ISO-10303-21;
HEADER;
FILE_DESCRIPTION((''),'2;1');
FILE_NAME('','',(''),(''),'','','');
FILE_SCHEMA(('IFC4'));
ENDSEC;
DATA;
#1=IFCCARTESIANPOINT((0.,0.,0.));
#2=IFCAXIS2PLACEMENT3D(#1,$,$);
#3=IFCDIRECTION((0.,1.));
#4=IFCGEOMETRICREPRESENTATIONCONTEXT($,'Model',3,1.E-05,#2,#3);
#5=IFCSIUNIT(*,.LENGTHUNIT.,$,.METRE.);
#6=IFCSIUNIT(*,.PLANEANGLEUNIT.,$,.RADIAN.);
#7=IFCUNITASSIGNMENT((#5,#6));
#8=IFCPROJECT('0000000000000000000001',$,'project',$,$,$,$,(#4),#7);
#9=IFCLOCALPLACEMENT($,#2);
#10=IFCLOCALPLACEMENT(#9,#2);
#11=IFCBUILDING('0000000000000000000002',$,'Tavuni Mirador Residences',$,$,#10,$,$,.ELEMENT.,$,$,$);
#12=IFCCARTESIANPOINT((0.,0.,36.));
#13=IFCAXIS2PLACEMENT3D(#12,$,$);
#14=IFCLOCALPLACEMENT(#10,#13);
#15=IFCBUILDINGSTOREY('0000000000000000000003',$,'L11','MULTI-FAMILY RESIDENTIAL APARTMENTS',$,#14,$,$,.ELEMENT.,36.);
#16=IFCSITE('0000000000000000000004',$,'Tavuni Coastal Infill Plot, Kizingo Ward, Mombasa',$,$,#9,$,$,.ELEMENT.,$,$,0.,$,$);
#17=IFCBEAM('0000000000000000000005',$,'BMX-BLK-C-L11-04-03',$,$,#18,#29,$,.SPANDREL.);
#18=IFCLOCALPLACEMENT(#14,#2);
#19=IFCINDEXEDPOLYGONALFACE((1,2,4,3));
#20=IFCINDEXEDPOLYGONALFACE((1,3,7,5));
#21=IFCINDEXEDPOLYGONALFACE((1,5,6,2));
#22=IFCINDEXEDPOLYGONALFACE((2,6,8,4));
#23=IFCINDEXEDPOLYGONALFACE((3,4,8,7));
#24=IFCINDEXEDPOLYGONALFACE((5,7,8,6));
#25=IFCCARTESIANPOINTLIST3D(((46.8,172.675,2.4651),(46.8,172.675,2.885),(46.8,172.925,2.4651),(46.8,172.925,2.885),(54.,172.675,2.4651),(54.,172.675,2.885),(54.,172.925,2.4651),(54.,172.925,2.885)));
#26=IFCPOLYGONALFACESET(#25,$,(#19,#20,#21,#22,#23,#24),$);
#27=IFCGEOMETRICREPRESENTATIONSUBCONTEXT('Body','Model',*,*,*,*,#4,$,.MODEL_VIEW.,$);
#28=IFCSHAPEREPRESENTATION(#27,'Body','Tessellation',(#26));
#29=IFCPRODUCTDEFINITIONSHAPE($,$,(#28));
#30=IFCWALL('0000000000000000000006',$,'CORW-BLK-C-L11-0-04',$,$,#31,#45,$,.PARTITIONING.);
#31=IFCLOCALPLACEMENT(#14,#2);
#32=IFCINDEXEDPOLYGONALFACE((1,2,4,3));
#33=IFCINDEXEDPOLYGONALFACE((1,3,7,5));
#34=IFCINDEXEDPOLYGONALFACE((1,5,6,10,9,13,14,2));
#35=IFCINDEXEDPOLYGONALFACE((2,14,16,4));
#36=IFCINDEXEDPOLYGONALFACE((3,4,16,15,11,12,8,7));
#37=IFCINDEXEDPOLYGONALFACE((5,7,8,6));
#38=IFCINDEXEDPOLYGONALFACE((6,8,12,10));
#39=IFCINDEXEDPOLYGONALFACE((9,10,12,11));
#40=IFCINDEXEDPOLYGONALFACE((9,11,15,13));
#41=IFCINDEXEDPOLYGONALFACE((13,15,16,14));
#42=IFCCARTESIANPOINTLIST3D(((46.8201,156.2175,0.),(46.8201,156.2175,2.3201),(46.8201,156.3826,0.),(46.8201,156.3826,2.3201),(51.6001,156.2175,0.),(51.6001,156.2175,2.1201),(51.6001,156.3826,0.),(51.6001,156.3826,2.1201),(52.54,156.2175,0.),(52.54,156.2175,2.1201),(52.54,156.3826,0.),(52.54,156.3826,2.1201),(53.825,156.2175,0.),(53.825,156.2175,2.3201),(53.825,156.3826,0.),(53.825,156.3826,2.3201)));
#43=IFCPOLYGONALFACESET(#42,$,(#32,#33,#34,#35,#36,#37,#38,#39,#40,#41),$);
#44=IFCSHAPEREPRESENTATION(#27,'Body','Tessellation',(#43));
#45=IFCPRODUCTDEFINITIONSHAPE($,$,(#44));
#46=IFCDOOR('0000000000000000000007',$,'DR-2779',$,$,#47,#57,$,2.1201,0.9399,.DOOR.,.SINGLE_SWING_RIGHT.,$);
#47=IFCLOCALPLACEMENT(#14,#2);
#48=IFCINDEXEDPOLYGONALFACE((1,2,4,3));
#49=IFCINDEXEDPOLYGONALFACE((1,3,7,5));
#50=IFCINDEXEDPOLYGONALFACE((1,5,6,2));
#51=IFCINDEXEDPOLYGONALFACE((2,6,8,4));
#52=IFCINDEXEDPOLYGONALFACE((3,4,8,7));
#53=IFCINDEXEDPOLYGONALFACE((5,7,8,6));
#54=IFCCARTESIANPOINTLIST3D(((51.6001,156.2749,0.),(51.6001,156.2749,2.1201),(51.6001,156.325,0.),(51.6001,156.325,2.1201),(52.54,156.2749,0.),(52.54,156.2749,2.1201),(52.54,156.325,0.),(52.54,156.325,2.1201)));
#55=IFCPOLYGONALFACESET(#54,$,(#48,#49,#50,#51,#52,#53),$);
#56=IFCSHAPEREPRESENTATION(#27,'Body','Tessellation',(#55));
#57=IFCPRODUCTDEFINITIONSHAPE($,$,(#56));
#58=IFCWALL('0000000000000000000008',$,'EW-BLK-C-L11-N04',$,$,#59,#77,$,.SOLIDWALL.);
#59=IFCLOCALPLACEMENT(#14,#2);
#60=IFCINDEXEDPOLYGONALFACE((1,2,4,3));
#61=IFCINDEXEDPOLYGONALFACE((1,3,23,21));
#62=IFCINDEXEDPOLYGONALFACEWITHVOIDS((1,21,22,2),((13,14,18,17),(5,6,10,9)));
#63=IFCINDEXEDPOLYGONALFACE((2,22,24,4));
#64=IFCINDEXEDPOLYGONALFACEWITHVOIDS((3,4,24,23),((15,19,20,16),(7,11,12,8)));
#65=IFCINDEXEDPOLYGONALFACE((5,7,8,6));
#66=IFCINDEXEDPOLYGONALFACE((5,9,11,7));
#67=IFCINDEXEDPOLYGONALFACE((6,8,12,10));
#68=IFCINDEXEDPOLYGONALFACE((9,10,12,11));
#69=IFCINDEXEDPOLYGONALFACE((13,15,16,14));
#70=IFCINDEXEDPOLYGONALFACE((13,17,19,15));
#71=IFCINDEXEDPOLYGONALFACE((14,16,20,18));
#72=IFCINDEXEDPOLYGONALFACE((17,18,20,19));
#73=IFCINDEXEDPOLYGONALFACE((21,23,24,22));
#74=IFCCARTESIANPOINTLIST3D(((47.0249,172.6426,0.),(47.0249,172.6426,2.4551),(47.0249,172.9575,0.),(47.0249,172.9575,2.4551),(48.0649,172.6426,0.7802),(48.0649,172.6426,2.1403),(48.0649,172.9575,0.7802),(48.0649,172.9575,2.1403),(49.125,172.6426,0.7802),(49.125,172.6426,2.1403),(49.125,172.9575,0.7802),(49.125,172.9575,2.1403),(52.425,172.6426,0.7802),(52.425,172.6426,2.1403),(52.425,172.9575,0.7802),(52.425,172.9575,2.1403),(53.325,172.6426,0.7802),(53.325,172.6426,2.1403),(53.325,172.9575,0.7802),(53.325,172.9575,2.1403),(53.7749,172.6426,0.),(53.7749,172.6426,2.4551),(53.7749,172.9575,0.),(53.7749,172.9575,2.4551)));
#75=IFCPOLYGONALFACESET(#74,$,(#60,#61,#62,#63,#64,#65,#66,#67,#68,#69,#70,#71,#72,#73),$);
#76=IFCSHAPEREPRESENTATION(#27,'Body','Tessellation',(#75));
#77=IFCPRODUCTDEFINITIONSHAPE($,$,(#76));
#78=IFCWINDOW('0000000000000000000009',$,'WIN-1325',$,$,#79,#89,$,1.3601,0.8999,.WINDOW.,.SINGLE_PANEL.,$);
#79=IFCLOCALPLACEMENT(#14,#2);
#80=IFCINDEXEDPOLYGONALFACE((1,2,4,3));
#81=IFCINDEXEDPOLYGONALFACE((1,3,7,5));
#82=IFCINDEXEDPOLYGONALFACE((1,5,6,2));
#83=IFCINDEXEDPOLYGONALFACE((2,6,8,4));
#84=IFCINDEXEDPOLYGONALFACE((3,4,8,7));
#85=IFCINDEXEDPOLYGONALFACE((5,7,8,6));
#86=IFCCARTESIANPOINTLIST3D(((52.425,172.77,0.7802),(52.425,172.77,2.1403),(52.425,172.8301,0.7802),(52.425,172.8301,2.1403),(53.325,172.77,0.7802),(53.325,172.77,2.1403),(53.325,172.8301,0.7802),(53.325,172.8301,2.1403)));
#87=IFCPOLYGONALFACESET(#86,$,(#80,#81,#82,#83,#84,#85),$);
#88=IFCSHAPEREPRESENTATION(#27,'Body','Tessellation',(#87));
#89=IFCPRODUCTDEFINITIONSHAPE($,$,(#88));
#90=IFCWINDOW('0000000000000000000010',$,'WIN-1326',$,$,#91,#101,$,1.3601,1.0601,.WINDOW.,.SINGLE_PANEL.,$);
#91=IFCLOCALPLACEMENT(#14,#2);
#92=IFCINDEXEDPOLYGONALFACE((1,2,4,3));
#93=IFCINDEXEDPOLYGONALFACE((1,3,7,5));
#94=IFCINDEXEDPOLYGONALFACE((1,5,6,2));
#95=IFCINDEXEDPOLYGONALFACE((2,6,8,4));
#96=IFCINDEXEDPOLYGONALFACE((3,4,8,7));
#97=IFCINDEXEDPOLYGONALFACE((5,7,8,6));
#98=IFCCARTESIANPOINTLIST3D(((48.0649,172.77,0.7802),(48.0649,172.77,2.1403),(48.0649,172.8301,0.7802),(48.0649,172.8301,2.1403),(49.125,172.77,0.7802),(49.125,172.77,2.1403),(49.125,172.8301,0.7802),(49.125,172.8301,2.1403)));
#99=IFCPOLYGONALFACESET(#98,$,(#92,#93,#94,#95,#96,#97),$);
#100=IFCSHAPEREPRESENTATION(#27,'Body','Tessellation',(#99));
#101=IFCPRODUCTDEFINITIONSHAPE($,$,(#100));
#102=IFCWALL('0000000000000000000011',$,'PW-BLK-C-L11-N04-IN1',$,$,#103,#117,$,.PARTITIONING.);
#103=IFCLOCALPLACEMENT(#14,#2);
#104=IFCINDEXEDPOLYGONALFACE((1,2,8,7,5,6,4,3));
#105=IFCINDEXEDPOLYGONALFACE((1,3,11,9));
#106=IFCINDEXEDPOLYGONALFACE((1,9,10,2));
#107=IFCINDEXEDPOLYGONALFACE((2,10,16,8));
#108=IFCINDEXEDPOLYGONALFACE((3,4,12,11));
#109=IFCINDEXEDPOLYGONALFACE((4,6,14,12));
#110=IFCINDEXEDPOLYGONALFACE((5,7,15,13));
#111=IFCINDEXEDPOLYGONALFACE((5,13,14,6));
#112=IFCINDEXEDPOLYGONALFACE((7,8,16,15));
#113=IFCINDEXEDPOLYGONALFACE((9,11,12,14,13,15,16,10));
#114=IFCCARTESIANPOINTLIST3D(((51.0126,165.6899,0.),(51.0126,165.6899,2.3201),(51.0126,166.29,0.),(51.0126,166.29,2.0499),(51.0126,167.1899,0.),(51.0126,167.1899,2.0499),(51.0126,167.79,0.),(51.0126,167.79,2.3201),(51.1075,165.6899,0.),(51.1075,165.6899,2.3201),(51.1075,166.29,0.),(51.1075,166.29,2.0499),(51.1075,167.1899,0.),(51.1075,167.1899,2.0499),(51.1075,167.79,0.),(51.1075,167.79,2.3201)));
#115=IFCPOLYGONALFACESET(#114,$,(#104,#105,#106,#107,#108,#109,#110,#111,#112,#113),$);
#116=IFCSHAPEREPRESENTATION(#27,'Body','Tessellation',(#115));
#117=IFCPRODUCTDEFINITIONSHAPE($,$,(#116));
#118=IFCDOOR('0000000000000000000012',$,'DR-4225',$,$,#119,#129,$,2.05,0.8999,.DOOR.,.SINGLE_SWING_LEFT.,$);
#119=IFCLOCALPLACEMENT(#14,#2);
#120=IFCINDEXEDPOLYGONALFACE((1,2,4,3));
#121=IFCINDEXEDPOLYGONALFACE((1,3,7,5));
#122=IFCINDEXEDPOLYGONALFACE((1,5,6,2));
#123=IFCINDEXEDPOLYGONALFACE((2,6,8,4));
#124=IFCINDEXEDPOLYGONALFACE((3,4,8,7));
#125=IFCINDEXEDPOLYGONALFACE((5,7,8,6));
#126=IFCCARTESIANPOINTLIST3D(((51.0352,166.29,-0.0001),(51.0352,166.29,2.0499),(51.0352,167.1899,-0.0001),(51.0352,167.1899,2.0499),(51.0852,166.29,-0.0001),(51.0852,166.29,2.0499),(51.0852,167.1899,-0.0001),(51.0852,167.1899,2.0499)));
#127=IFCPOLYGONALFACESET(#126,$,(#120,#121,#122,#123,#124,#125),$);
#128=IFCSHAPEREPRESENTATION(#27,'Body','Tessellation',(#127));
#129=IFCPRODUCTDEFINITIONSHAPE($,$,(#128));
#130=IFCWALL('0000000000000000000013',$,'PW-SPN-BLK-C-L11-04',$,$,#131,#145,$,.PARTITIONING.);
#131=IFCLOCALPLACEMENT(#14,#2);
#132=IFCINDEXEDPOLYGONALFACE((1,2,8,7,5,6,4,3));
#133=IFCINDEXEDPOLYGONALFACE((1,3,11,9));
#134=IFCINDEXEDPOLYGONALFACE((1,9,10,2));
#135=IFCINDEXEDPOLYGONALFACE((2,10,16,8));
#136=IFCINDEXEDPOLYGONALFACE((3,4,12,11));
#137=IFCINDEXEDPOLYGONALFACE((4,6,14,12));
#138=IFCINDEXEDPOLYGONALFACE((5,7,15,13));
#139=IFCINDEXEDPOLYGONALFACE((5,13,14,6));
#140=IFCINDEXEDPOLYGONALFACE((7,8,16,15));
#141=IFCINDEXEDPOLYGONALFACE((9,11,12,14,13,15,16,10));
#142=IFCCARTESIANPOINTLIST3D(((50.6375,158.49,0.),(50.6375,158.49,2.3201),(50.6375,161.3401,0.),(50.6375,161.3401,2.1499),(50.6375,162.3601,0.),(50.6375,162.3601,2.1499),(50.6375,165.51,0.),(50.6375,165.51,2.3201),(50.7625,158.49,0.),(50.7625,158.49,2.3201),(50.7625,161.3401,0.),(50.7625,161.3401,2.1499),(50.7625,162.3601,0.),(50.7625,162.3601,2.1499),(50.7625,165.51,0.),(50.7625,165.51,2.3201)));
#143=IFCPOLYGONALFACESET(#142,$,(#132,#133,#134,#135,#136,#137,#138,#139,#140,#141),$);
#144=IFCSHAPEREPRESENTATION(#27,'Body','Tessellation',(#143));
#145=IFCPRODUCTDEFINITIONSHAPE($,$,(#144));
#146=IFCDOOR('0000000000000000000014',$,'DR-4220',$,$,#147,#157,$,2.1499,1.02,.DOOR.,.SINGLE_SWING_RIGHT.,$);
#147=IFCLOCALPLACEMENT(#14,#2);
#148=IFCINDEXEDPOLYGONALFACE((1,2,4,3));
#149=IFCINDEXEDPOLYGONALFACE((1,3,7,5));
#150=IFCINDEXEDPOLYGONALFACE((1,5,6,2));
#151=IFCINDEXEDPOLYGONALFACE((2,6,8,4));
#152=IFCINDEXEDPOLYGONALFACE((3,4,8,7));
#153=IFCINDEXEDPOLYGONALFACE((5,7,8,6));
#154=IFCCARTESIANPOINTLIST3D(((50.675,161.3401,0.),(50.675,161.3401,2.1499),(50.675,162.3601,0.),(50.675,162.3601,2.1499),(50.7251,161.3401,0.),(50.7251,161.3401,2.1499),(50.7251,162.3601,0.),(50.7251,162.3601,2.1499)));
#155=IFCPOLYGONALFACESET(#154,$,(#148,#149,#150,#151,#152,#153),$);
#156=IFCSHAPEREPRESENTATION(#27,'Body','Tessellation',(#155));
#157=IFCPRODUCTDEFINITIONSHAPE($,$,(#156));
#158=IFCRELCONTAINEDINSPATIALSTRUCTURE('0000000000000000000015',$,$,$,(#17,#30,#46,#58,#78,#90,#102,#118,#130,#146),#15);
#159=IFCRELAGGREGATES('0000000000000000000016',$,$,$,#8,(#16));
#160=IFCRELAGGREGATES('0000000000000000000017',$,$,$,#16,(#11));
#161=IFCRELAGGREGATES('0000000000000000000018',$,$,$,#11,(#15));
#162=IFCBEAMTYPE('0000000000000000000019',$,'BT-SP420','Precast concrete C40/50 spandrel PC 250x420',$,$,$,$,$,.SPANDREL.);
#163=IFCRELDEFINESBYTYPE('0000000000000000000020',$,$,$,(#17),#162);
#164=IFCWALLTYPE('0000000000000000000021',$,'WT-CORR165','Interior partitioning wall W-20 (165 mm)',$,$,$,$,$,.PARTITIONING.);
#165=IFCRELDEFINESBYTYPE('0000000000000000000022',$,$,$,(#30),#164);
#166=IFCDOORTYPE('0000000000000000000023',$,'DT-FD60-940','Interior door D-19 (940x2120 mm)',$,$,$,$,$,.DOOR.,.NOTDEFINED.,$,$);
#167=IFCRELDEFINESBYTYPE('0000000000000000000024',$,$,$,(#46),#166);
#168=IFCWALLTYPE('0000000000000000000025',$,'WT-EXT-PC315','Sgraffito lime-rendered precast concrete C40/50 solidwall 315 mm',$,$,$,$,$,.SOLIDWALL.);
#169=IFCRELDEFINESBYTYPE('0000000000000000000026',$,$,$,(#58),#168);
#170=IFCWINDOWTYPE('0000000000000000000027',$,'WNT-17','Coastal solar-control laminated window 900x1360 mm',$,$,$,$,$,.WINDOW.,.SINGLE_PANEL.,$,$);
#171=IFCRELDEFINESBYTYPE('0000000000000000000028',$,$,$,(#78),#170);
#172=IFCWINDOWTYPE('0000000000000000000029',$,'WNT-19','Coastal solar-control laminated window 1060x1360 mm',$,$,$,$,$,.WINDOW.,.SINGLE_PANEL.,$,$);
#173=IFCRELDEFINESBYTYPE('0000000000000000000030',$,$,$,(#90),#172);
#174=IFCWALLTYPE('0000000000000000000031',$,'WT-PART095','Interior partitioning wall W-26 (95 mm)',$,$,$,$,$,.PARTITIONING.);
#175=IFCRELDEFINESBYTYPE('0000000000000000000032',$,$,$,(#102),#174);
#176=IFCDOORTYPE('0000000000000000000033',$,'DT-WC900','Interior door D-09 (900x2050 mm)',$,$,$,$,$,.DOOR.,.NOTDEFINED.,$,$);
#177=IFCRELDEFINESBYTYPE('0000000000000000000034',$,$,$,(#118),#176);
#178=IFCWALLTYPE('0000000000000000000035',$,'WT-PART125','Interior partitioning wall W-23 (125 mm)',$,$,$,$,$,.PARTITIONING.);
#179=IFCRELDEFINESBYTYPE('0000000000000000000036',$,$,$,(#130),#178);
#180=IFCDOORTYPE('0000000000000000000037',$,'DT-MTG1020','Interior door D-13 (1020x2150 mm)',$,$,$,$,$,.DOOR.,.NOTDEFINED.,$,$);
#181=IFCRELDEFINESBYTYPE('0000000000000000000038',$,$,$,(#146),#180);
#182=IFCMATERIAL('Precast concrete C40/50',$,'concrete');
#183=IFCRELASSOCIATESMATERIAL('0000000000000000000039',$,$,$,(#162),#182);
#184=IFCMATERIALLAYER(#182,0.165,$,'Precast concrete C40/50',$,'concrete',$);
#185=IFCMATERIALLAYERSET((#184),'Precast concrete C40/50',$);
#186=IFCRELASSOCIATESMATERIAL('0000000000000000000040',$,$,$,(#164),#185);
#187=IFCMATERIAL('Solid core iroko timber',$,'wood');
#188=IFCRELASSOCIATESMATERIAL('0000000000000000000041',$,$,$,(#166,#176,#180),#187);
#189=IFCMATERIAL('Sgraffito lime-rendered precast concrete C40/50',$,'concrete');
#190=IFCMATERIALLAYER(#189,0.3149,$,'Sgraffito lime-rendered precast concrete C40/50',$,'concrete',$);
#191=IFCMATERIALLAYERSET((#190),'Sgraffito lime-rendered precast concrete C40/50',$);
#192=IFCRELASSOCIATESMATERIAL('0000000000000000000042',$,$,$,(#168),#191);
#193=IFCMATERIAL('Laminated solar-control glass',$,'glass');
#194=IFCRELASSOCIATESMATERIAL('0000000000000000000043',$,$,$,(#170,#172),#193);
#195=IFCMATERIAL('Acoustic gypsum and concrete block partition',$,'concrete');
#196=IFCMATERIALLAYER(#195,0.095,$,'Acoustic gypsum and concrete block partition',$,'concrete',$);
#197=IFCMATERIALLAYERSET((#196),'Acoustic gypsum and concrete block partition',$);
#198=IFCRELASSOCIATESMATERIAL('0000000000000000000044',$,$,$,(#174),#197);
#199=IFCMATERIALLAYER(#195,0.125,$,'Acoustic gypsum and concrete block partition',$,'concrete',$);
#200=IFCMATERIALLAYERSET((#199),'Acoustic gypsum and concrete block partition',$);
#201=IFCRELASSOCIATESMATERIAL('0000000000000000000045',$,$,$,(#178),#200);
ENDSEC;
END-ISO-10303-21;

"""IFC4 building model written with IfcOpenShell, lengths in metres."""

from ifc_helpers import new_model, si_unit, direction, frame, frame_2d, origin, origin_2d, place, context, subcontext, project, spatial, rectangle, extrude, material, layer, layer_set, material_profile, profile_set, type_object, element, fill, save


model = new_model("IFC4")

# Units and contexts
model_context = context("Model", 3, precision=1e-05, world=origin(), true_north=direction((0.0, 1.0)))
body_context = subcontext(model_context, "Body", "Model", "MODEL_VIEW")
ifc_project = project(units=[si_unit("LENGTHUNIT", "METRE"), si_unit("PLANEANGLEUNIT", "RADIAN")], contexts=[model_context])

# Site, building, storey
site_placement = place(None, origin())
site = spatial("IfcSite", under=ifc_project, at=site_placement, Name="Tavuni Coastal Infill Plot, Kizingo Ward, Mombasa", CompositionType="ELEMENT", RefElevation=0.0)
building_placement = place(site_placement, origin())
building = spatial("IfcBuilding", under=site, at=building_placement, Name="Tavuni Mirador Residences", CompositionType="ELEMENT")
storey_placement = place(building_placement, frame((0.0, 0.0, 36.0)))
storey = spatial("IfcBuildingStorey", under=building, at=storey_placement, Name="L11", Description="MULTI-FAMILY RESIDENTIAL APARTMENTS", CompositionType="ELEMENT", Elevation=36.0)

# Beam
ifc_material_1 = material(Name="Precast concrete C40/50", Category="concrete")
ifc_material_profile = material_profile(ifc_material_1, rectangle(XDim=0.25, YDim=0.4199, at=origin_2d()), Name="PC 250x420", Category="concrete")
ifc_profile_set = profile_set([ifc_material_profile], Name="Precast concrete C40/50")
beam_type = type_object("IfcBeamType", Name="BT-SP420", Description="Precast concrete C40/50 spandrel PC 250x420", PredefinedType="SPANDREL", material=ifc_profile_set)
beam_placement = place(storey_placement, frame((46.8, 172.8, 2.675), z_axis=(1.0, 0.0, 0.0), x_axis=(0.0, 1.0, 0.0)))
element("IfcBeam", 1, at=beam_placement, inside=storey, type_object=beam_type, Name="BMX-BLK-C-L11-04-03", PredefinedType="SPANDREL", context=body_context, shape_type="SweptSolid", body=[
    extrude(rectangle(XDim=0.25, YDim=0.4199, at=origin_2d()), origin(), (0.0, 0.0, 1.0), 7.2),
])

# Wall, opening, door
ifc_layer_1 = layer(ifc_material_1, 0.165, Name="Precast concrete C40/50", Category="concrete")
ifc_layer_set_1 = layer_set([ifc_layer_1], Name="Precast concrete C40/50")
wall_type_1 = type_object("IfcWallType", Name="WT-CORR165", Description="Interior partitioning wall W-20 (165 mm)", PredefinedType="PARTITIONING", material=ifc_layer_set_1)
wall_1_placement = place(storey_placement, frame((46.8201, 156.3, 0.0), z_axis=(0.0, 0.0, 1.0), x_axis=(1.0, 0.0, 0.0)))
wall_1 = element("IfcWall", 2, at=wall_1_placement, inside=storey, type_object=wall_type_1, Name="CORW-BLK-C-L11-0-04", PredefinedType="PARTITIONING", context=body_context, shape_type="SweptSolid", body=[
    extrude(rectangle(XDim=7.0049, YDim=0.165, at=frame_2d((3.5024, 0.0))), origin(), (0.0, 0.0, 1.0), 2.3201),
])
opening_1_placement = place(wall_1_placement, frame((4.78, 0.0, 0.0)))
opening_1 = element("IfcOpeningElement", 3, at=opening_1_placement, cuts=wall_1, PredefinedType="OPENING", context=body_context, shape_type="SweptSolid", body=[
    extrude(rectangle(XDim=0.9399, YDim=2.1201, at=frame_2d((0.47, 1.0601))), frame((0.0, 0.0925, 0.0), z_axis=(0.0, -1.0, 0.0), x_axis=(1.0, 0.0, 0.0)), (0.0, 0.0, 1.0), 0.1851),
])
ifc_material_2 = material(Name="Solid core iroko timber", Category="wood")
door_type_1 = type_object("IfcDoorType", Name="DT-FD60-940", Description="Interior door D-19 (940x2120 mm)", OperationType="NOTDEFINED", PredefinedType="DOOR", material=ifc_material_2)
door_1_placement = place(opening_1_placement, origin())
door_1 = element("IfcDoor", 4, at=door_1_placement, inside=storey, type_object=door_type_1, Name="DR-2779", OperationType="SINGLE_SWING_RIGHT", OverallHeight=2.1201, OverallWidth=0.9399, PredefinedType="DOOR", context=body_context, shape_type="SweptSolid", body=[
    extrude(rectangle(XDim=0.9399, YDim=2.1201, at=frame_2d((0.47, 1.0601))), frame((0.0, 0.0249, 0.0), z_axis=(0.0, -1.0, 0.0), x_axis=(1.0, 0.0, 0.0)), (0.0, 0.0, 1.0), 0.05),
])
fill(opening_1, door_1)

# Wall, openings, windows
ifc_material_3 = material(Name="Sgraffito lime-rendered precast concrete C40/50", Category="concrete")
ifc_layer_2 = layer(ifc_material_3, 0.3149, Name="Sgraffito lime-rendered precast concrete C40/50", Category="concrete")
ifc_layer_set_2 = layer_set([ifc_layer_2], Name="Sgraffito lime-rendered precast concrete C40/50")
wall_type_2 = type_object("IfcWallType", Name="WT-EXT-PC315", Description="Sgraffito lime-rendered precast concrete C40/50 solidwall 315 mm", PredefinedType="SOLIDWALL", material=ifc_layer_set_2)
wall_2_placement = place(storey_placement, frame((53.7749, 172.8, 0.0), z_axis=(0.0, 0.0, 1.0), x_axis=(-1.0, 0.0, 0.0)))
wall_2 = element("IfcWall", 5, at=wall_2_placement, inside=storey, type_object=wall_type_2, Name="EW-BLK-C-L11-N04", PredefinedType="SOLIDWALL", context=body_context, shape_type="SweptSolid", body=[
    extrude(rectangle(XDim=6.75, YDim=0.3149, at=frame_2d((3.375, 0.0))), origin(), (0.0, 0.0, 1.0), 2.4551),
])
opening_2_placement = place(wall_2_placement, frame((0.45, 0.0, 0.78)))
opening_2 = element("IfcOpeningElement", 6, at=opening_2_placement, cuts=wall_2, PredefinedType="OPENING", context=body_context, shape_type="SweptSolid", body=[
    extrude(rectangle(XDim=0.8999, YDim=1.3601, at=frame_2d((0.45, 0.6802))), frame((0.0, 0.1675, 0.0), z_axis=(0.0, -1.0, 0.0), x_axis=(1.0, 0.0, 0.0)), (0.0, 0.0, 1.0), 0.335),
])
opening_3_placement = place(wall_2_placement, frame((4.6499, 0.0, 0.78)))
opening_3 = element("IfcOpeningElement", 7, at=opening_3_placement, cuts=wall_2, PredefinedType="OPENING", context=body_context, shape_type="SweptSolid", body=[
    extrude(rectangle(XDim=1.0601, YDim=1.3601, at=frame_2d((0.53, 0.6802))), frame((0.0, 0.1675, 0.0), z_axis=(0.0, -1.0, 0.0), x_axis=(1.0, 0.0, 0.0)), (0.0, 0.0, 1.0), 0.335),
])
ifc_material_4 = material(Name="Laminated solar-control glass", Category="glass")
window_type_1 = type_object("IfcWindowType", Name="WNT-17", Description="Coastal solar-control laminated window 900x1360 mm", PartitioningType="SINGLE_PANEL", PredefinedType="WINDOW", material=ifc_material_4)
window_1_placement = place(opening_2_placement, origin())
window_1 = element("IfcWindow", 8, at=window_1_placement, inside=storey, type_object=window_type_1, Name="WIN-1325", OverallHeight=1.3601, OverallWidth=0.8999, PartitioningType="SINGLE_PANEL", PredefinedType="WINDOW", context=body_context, shape_type="SweptSolid", body=[
    extrude(rectangle(XDim=0.8999, YDim=1.3601, at=frame_2d((0.45, 0.6802))), frame((0.0, 0.03, 0.0), z_axis=(0.0, -1.0, 0.0), x_axis=(1.0, 0.0, 0.0)), (0.0, 0.0, 1.0), 0.0601),
])
fill(opening_2, window_1)
window_type_2 = type_object("IfcWindowType", Name="WNT-19", Description="Coastal solar-control laminated window 1060x1360 mm", PartitioningType="SINGLE_PANEL", PredefinedType="WINDOW", material=ifc_material_4)
window_2_placement = place(opening_3_placement, origin())
window_2 = element("IfcWindow", 9, at=window_2_placement, inside=storey, type_object=window_type_2, Name="WIN-1326", OverallHeight=1.3601, OverallWidth=1.0601, PartitioningType="SINGLE_PANEL", PredefinedType="WINDOW", context=body_context, shape_type="SweptSolid", body=[
    extrude(rectangle(XDim=1.0601, YDim=1.3601, at=frame_2d((0.53, 0.6802))), frame((0.0, 0.03, 0.0), z_axis=(0.0, -1.0, 0.0), x_axis=(1.0, 0.0, 0.0)), (0.0, 0.0, 1.0), 0.0601),
])
fill(opening_3, window_2)

# Walls, openings, doors
ifc_material_5 = material(Name="Acoustic gypsum and concrete block partition", Category="concrete")
ifc_layer_3 = layer(ifc_material_5, 0.095, Name="Acoustic gypsum and concrete block partition", Category="concrete")
ifc_layer_set_3 = layer_set([ifc_layer_3], Name="Acoustic gypsum and concrete block partition")
wall_type_3 = type_object("IfcWallType", Name="WT-PART095", Description="Interior partitioning wall W-26 (95 mm)", PredefinedType="PARTITIONING", material=ifc_layer_set_3)
wall_3_placement = place(storey_placement, frame((51.0601, 165.6899, 0.0), z_axis=(0.0, 0.0, 1.0), x_axis=(0.0, 1.0, 0.0)))
wall_3 = element("IfcWall", 10, at=wall_3_placement, inside=storey, type_object=wall_type_3, Name="PW-BLK-C-L11-N04-IN1", PredefinedType="PARTITIONING", context=body_context, shape_type="SweptSolid", body=[
    extrude(rectangle(XDim=2.1001, YDim=0.095, at=frame_2d((1.05, 0.0))), origin(), (0.0, 0.0, 1.0), 2.3201),
])
opening_4_placement = place(wall_3_placement, frame((0.6001, 0.0, 0.0)))
opening_4 = element("IfcOpeningElement", 11, at=opening_4_placement, cuts=wall_3, PredefinedType="OPENING", context=body_context, shape_type="SweptSolid", body=[
    extrude(rectangle(XDim=0.8999, YDim=2.05, at=frame_2d((0.45, 1.0249))), frame((0.0, 0.0576, 0.0), z_axis=(0.0, -1.0, 0.0), x_axis=(1.0, 0.0, 0.0)), (0.0, 0.0, 1.0), 0.115),
])
door_type_2 = type_object("IfcDoorType", Name="DT-WC900", Description="Interior door D-09 (900x2050 mm)", OperationType="NOTDEFINED", PredefinedType="DOOR", material=ifc_material_2)
door_2_placement = place(opening_4_placement, origin())
door_2 = element("IfcDoor", 12, at=door_2_placement, inside=storey, type_object=door_type_2, Name="DR-4225", OperationType="SINGLE_SWING_LEFT", OverallHeight=2.05, OverallWidth=0.8999, PredefinedType="DOOR", context=body_context, shape_type="SweptSolid", body=[
    extrude(rectangle(XDim=0.8999, YDim=2.05, at=frame_2d((0.45, 1.0249))), frame((0.0, 0.0249, 0.0), z_axis=(0.0, -1.0, 0.0), x_axis=(1.0, 0.0, 0.0)), (0.0, 0.0, 1.0), 0.05),
])
fill(opening_4, door_2)
ifc_layer_4 = layer(ifc_material_5, 0.125, Name="Acoustic gypsum and concrete block partition", Category="concrete")
ifc_layer_set_4 = layer_set([ifc_layer_4], Name="Acoustic gypsum and concrete block partition")
wall_type_4 = type_object("IfcWallType", Name="WT-PART125", Description="Interior partitioning wall W-23 (125 mm)", PredefinedType="PARTITIONING", material=ifc_layer_set_4)
wall_4_placement = place(storey_placement, frame((50.7, 158.49, 0.0), z_axis=(0.0, 0.0, 1.0), x_axis=(0.0, 1.0, 0.0)))
wall_4 = element("IfcWall", 13, at=wall_4_placement, inside=storey, type_object=wall_type_4, Name="PW-SPN-BLK-C-L11-04", PredefinedType="PARTITIONING", context=body_context, shape_type="SweptSolid", body=[
    extrude(rectangle(XDim=7.02, YDim=0.125, at=frame_2d((3.51, 0.0))), origin(), (0.0, 0.0, 1.0), 2.3201),
])
opening_5_placement = place(wall_4_placement, frame((2.8501, 0.0, 0.0)))
opening_5 = element("IfcOpeningElement", 14, at=opening_5_placement, cuts=wall_4, PredefinedType="OPENING", context=body_context, shape_type="SweptSolid", body=[
    extrude(rectangle(XDim=1.02, YDim=2.1499, at=frame_2d((0.51, 1.075))), frame((0.0, 0.0725, 0.0), z_axis=(0.0, -1.0, 0.0), x_axis=(1.0, 0.0, 0.0)), (0.0, 0.0, 1.0), 0.145),
])
door_type_3 = type_object("IfcDoorType", Name="DT-MTG1020", Description="Interior door D-13 (1020x2150 mm)", OperationType="NOTDEFINED", PredefinedType="DOOR", material=ifc_material_2)
door_3_placement = place(opening_5_placement, origin())
door_3 = element("IfcDoor", 15, at=door_3_placement, inside=storey, type_object=door_type_3, Name="DR-4220", OperationType="SINGLE_SWING_RIGHT", OverallHeight=2.1499, OverallWidth=1.02, PredefinedType="DOOR", context=body_context, shape_type="SweptSolid", body=[
    extrude(rectangle(XDim=1.02, YDim=2.1499, at=frame_2d((0.51, 1.075))), frame((0.0, 0.0249, 0.0), z_axis=(0.0, -1.0, 0.0), x_axis=(1.0, 0.0, 0.0)), (0.0, 0.0, 1.0), 0.05),
])
fill(opening_5, door_3)

save(model, "model.ifc")
